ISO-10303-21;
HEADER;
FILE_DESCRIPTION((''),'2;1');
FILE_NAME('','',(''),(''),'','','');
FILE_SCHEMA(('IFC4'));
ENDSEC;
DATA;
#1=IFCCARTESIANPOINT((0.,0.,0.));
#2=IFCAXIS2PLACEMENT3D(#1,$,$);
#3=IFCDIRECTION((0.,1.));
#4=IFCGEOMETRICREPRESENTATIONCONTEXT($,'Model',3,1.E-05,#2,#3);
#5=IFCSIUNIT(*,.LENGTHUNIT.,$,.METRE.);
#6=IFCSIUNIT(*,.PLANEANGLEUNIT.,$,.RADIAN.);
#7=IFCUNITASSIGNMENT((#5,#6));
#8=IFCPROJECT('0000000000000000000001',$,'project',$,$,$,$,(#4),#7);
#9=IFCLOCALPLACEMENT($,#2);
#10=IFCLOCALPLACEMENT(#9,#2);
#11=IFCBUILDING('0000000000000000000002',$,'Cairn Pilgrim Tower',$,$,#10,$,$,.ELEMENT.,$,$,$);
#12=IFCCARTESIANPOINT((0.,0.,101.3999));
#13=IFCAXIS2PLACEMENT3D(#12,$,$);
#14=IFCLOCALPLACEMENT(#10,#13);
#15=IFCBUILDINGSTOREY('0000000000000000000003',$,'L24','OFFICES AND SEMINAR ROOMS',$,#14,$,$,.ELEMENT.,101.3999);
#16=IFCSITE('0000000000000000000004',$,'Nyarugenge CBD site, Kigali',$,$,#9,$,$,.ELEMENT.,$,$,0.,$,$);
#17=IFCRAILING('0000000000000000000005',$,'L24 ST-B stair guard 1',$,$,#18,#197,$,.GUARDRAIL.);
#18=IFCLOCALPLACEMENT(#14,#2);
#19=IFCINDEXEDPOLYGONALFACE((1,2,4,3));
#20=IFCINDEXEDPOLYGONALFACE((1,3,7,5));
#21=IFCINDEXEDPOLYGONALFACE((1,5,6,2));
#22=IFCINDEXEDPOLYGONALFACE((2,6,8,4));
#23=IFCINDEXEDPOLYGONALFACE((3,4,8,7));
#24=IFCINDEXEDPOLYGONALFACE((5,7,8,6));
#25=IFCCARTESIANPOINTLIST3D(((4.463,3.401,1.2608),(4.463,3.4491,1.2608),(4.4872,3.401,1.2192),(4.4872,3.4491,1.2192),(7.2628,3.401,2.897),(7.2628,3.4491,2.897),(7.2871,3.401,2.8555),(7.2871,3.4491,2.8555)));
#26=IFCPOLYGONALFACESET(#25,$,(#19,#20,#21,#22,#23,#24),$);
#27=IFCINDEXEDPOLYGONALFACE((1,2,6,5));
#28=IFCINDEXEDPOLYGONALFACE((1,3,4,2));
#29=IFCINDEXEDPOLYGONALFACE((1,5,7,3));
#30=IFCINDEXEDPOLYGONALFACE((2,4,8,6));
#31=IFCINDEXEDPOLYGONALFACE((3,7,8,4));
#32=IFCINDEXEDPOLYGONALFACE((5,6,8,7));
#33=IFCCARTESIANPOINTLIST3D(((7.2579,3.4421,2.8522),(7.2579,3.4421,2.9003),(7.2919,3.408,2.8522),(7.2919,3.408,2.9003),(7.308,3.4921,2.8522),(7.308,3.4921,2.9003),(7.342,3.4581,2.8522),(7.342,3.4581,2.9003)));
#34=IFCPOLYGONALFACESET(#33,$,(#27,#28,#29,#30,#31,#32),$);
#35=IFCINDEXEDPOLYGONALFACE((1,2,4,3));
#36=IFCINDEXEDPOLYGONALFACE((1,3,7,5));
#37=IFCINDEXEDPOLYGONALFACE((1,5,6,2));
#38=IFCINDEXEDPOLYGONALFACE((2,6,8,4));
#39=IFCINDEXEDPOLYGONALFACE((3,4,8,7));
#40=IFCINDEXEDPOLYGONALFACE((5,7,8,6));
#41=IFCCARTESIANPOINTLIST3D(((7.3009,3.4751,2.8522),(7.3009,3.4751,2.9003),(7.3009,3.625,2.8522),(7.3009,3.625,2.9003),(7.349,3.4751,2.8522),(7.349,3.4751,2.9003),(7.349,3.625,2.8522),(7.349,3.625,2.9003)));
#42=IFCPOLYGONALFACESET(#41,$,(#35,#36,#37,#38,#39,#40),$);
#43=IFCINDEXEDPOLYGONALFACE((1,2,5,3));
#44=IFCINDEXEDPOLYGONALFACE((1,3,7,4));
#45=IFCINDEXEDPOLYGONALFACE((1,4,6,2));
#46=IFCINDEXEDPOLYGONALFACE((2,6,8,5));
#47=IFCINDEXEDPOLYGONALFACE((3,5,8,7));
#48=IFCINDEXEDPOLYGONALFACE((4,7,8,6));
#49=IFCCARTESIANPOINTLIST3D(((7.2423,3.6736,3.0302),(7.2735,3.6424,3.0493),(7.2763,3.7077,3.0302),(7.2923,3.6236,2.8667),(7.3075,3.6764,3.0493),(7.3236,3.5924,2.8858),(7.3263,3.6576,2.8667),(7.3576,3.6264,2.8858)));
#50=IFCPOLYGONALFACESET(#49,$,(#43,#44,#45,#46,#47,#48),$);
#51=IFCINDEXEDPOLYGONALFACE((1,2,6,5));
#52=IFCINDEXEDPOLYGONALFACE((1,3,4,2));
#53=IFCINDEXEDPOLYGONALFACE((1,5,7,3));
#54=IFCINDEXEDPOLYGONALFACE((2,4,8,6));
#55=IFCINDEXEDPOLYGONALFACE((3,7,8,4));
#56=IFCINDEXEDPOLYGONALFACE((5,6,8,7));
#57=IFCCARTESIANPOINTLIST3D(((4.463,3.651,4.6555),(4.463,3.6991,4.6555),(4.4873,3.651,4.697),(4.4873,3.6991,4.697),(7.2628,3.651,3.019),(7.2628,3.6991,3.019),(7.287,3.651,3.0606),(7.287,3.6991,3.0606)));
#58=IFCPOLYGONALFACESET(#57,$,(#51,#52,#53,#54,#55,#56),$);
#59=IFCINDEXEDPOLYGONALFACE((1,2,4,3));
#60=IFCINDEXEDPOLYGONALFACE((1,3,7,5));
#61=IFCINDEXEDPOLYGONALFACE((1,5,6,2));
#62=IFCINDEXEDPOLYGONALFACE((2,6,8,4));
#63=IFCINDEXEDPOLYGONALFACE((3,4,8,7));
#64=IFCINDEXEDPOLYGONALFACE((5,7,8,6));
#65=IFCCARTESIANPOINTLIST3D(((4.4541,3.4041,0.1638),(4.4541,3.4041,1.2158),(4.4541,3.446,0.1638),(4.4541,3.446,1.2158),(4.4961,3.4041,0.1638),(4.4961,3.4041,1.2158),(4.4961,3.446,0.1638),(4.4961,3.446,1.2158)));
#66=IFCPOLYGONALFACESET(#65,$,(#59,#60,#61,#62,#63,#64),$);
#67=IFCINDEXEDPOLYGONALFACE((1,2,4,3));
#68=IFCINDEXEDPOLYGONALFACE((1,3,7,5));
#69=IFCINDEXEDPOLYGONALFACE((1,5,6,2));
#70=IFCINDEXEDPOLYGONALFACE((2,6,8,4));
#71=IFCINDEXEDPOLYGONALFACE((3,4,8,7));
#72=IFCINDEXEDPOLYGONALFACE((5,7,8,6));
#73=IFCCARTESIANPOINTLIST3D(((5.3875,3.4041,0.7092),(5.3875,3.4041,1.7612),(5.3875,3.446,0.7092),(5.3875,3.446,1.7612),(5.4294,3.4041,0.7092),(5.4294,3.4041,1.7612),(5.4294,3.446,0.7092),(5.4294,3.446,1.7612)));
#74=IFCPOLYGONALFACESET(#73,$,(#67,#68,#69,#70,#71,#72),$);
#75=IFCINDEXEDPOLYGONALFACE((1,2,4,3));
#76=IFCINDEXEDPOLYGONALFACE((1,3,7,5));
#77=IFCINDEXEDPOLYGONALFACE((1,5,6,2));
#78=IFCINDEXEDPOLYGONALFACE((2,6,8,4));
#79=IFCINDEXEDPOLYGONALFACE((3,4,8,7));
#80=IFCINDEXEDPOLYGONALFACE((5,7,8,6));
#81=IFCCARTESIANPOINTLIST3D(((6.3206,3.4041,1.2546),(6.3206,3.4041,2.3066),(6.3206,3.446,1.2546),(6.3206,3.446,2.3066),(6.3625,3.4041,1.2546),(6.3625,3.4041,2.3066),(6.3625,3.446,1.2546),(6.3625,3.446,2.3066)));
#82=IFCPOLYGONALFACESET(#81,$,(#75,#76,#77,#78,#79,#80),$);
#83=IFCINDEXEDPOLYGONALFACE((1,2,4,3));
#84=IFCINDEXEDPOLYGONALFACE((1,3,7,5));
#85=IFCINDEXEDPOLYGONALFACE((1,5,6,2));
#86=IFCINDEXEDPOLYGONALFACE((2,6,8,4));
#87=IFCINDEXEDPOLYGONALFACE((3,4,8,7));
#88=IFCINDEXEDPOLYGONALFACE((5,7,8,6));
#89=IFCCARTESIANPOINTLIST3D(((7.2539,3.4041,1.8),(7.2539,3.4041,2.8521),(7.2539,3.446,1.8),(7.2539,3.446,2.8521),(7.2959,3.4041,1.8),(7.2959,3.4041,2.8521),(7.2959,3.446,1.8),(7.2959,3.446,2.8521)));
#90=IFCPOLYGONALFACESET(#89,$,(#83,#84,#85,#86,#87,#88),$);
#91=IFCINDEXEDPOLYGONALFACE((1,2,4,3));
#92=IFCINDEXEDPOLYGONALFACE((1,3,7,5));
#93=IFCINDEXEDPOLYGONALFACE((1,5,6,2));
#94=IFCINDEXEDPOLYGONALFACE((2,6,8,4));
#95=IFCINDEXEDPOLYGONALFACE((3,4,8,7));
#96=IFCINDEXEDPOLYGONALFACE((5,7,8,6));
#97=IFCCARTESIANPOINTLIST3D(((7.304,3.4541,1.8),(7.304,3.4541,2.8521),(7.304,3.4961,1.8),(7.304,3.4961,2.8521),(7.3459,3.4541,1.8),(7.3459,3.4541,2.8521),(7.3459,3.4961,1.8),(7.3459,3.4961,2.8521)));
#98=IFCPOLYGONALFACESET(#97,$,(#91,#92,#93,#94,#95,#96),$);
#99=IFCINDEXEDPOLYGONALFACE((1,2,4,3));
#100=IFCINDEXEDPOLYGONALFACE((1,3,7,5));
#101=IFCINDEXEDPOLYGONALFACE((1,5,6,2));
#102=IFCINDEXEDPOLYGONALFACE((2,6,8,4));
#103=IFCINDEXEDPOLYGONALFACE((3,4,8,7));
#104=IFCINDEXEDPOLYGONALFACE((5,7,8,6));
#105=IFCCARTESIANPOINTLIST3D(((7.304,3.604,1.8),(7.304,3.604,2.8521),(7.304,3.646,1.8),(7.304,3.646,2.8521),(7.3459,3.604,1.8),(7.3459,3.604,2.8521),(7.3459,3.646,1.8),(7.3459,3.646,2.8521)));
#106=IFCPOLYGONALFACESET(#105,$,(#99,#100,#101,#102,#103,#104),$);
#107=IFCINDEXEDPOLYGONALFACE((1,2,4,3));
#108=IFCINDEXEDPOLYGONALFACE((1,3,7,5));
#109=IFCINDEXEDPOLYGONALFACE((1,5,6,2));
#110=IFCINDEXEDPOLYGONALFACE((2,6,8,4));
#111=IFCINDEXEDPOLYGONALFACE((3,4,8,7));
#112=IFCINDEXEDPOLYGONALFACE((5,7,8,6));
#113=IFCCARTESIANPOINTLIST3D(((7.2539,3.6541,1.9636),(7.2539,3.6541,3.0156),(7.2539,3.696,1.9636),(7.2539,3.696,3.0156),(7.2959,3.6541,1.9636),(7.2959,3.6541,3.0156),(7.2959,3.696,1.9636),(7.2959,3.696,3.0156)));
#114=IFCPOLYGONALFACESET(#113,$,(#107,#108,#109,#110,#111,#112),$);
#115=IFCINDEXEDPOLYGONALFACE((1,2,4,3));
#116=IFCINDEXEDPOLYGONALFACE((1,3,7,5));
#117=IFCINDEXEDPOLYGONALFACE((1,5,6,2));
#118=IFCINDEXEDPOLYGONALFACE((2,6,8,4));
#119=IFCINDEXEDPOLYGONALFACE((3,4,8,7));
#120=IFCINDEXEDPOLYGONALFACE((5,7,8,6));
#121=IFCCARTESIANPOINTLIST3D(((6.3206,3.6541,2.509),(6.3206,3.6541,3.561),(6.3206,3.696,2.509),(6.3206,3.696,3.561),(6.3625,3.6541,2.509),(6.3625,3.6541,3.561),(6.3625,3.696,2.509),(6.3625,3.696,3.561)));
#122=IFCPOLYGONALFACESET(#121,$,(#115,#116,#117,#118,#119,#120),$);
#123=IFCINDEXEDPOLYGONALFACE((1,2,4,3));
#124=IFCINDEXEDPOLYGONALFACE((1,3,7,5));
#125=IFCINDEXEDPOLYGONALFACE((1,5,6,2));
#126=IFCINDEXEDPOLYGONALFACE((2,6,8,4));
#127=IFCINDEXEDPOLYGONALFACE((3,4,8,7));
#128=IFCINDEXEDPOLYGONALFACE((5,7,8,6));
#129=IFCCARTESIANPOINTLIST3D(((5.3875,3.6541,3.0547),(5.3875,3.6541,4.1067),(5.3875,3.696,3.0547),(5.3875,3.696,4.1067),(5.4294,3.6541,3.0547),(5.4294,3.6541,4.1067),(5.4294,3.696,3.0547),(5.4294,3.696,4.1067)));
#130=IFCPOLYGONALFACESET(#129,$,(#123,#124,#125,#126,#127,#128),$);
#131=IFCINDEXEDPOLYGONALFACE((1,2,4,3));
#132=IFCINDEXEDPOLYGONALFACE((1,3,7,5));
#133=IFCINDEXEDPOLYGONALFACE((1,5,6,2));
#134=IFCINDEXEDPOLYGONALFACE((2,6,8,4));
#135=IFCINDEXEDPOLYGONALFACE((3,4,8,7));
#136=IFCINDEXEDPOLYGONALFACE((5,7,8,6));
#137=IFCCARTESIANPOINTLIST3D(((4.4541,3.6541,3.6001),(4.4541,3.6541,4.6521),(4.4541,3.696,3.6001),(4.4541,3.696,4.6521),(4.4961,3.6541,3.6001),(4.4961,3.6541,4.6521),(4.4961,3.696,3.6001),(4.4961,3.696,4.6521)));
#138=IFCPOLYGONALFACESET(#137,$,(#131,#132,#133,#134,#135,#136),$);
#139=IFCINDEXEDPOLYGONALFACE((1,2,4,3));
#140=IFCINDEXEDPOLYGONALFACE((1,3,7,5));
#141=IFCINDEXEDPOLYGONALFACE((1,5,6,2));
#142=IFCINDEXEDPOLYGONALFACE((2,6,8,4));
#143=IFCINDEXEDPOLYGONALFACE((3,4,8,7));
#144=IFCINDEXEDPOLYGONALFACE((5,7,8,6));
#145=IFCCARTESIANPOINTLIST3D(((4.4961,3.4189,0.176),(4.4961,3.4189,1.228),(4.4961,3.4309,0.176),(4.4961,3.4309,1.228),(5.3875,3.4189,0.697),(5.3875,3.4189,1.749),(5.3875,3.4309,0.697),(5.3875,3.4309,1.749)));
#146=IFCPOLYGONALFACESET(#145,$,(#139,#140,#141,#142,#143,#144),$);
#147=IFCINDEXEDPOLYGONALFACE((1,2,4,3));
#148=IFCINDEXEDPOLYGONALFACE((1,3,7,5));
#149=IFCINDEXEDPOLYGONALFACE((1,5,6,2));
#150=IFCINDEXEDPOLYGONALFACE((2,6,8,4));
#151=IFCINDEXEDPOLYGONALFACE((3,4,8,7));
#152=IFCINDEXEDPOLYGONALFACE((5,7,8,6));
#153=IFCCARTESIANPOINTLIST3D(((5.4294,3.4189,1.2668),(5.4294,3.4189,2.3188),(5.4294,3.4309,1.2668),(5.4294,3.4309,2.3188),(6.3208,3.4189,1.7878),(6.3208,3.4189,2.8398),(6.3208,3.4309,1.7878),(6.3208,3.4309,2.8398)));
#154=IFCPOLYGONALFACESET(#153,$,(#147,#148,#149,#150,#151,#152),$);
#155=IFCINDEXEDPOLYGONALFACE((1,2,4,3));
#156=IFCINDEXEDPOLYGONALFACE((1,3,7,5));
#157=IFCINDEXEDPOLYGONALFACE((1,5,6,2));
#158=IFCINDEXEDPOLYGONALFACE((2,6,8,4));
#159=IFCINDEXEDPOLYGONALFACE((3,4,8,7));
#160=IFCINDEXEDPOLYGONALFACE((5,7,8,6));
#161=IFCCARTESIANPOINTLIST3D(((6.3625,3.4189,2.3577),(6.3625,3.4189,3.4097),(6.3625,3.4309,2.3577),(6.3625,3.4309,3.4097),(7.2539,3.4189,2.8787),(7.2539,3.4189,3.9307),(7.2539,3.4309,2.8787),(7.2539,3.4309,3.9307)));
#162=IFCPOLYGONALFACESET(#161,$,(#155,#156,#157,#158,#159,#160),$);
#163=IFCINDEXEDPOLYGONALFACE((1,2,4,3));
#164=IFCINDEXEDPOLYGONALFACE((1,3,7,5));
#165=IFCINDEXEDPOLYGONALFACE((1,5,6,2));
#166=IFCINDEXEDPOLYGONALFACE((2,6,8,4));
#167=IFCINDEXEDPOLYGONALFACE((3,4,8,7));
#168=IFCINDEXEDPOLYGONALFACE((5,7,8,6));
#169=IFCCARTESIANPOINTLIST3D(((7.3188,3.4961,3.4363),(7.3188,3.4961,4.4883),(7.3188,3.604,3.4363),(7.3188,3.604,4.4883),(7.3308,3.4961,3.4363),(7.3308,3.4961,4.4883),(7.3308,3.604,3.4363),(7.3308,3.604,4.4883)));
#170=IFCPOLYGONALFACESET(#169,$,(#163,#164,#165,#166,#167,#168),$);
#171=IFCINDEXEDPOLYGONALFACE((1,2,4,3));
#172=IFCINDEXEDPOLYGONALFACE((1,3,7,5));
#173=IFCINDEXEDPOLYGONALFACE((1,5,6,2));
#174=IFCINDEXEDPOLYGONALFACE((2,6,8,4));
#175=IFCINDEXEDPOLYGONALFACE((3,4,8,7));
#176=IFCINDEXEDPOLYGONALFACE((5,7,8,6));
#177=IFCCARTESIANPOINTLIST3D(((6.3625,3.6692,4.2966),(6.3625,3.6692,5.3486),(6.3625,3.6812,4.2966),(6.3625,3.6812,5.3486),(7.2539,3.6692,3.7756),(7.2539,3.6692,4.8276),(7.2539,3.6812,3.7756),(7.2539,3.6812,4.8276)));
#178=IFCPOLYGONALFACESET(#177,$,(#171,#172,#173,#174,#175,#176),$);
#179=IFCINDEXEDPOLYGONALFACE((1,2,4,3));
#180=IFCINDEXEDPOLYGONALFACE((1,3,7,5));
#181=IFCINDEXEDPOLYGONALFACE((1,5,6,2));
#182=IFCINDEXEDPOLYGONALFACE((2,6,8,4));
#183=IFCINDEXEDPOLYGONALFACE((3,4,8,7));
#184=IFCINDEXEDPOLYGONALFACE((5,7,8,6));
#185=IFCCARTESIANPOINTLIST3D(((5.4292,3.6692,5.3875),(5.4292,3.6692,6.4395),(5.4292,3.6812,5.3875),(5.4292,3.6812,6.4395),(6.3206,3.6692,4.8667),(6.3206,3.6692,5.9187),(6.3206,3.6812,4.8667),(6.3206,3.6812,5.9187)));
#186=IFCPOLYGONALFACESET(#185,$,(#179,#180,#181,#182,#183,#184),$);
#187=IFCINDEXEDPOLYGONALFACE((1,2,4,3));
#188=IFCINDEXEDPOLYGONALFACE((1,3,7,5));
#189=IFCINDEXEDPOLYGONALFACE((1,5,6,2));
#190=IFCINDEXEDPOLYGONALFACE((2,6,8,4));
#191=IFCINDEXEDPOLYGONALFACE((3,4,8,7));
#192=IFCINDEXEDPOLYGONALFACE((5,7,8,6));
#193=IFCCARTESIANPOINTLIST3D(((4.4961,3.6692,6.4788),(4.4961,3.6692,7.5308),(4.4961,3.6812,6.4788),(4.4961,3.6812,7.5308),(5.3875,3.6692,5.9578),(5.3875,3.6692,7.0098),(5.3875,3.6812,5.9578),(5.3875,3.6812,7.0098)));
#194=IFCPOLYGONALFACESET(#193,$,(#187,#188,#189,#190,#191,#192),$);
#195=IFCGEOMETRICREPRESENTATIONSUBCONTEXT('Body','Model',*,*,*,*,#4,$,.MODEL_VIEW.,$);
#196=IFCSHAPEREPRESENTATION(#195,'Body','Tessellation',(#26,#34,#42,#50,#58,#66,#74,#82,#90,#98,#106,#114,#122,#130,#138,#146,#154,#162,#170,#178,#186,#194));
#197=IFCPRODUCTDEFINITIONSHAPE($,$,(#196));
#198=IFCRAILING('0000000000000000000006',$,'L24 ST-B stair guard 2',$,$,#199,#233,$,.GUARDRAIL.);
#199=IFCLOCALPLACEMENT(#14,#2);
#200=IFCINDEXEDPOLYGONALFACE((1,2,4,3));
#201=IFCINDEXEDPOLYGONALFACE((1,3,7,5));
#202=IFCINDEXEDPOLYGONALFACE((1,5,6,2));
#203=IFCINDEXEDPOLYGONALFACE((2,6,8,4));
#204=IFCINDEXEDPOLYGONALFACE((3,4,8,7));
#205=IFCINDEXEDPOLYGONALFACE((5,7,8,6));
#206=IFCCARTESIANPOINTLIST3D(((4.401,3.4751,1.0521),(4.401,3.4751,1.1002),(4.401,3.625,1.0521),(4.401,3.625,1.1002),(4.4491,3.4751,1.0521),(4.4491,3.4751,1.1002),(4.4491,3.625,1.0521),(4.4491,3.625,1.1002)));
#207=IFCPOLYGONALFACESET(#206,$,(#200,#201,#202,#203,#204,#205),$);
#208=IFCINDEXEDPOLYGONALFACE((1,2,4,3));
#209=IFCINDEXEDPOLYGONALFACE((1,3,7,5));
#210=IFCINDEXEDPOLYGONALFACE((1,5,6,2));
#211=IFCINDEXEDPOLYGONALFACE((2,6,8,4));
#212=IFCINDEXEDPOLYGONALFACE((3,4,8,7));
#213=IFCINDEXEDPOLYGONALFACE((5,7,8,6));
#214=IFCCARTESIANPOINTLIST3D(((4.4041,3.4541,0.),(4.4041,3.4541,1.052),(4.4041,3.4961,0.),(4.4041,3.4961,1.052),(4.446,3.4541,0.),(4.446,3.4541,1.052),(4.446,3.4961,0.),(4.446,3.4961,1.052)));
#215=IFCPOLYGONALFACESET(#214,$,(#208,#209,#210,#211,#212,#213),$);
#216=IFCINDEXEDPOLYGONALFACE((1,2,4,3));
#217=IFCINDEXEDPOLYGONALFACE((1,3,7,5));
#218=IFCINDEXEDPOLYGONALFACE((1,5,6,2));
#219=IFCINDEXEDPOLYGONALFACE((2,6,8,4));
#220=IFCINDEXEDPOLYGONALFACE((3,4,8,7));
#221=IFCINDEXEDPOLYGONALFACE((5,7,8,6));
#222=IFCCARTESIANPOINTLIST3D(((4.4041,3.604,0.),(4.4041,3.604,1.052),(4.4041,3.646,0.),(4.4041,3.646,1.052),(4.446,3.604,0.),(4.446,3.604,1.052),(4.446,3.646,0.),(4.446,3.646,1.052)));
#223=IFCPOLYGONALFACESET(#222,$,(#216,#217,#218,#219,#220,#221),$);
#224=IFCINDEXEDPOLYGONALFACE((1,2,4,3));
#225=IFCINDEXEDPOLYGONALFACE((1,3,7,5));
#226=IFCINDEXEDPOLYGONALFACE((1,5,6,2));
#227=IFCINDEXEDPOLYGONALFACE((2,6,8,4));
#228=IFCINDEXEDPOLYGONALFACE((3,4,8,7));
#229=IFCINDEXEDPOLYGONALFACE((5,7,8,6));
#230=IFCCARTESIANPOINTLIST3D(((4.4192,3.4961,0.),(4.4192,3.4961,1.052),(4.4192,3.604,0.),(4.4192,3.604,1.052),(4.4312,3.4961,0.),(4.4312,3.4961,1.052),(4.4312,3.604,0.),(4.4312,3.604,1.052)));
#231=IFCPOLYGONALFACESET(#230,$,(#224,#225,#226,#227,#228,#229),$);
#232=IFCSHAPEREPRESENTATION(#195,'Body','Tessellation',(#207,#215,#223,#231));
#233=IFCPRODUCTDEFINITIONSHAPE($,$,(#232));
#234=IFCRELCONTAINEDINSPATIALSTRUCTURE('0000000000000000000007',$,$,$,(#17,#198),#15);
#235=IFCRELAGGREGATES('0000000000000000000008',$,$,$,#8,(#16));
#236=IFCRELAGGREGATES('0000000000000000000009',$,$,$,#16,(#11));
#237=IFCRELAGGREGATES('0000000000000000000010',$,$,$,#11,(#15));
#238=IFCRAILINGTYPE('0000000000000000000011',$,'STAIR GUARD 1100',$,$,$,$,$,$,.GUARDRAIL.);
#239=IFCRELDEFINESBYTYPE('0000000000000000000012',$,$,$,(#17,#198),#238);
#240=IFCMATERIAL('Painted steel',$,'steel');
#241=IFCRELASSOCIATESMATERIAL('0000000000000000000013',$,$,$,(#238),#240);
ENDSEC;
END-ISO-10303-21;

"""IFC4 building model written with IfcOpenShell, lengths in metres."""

from ifc_helpers import new_model, si_unit, direction, frame, origin, origin_2d, place, context, subcontext, project, spatial, polyline, rectangle, outline, extrude, material, type_object, element, save


model = new_model("IFC4")

# Units and contexts
model_context = context("Model", 3, precision=1e-05, world=origin(), true_north=direction((0.0, 1.0)))
body_context = subcontext(model_context, "Body", "Model", "MODEL_VIEW")
ifc_project = project(units=[si_unit("LENGTHUNIT", "METRE"), si_unit("PLANEANGLEUNIT", "RADIAN")], contexts=[model_context])

# Site, building, storey
site_placement = place(None, origin())
site = spatial("IfcSite", under=ifc_project, at=site_placement, Name="Nyarugenge CBD site, Kigali", CompositionType="ELEMENT", RefElevation=0.0)
building_placement = place(site_placement, origin())
building = spatial("IfcBuilding", under=site, at=building_placement, Name="Cairn Pilgrim Tower", CompositionType="ELEMENT")
storey_placement = place(building_placement, frame((0.0, 0.0, 101.3999)))
storey = spatial("IfcBuildingStorey", under=building, at=storey_placement, Name="L24", Description="OFFICES AND SEMINAR ROOMS", CompositionType="ELEMENT", Elevation=101.3999)

# Shared definitions
ifc_material_1 = material(Name="Painted steel", Category="steel")

# Railings
railing_type_1 = type_object("IfcRailingType", Name="STAIR GUARD 1100", PredefinedType="GUARDRAIL", material=ifc_material_1)
railing_1_placement = place(storey_placement, frame((4.4751, 3.425, 0.1638)))
element("IfcRailing", 1, at=railing_1_placement, inside=storey, type_object=railing_type_1, Name="L24 ST-B stair guard 1", PredefinedType="GUARDRAIL", context=body_context, shape_type="SweptSolid", body=[
    extrude(rectangle(XDim=0.0481, YDim=0.0481, at=origin_2d()), frame((0.0, 0.0, 1.0762), z_axis=(0.863374, 0.0, 0.504564), x_axis=(0.0, 1.0, 0.0)), (0.0, 0.0, 1.0), 3.2429),
    extrude(rectangle(XDim=0.0481, YDim=0.0481, at=origin_2d()), frame((2.7998, 0.0, 2.7124), z_axis=(0.707107, 0.707107, 0.0), x_axis=(-0.707107, 0.707107, 0.0)), (0.0, 0.0, 1.0), 0.0708),
    extrude(rectangle(XDim=0.0481, YDim=0.0481, at=origin_2d()), frame((2.8499, 0.05, 2.7124), z_axis=(0.0, 1.0, 0.0), x_axis=(-1.0, 0.0, 0.0)), (0.0, 0.0, 1.0), 0.1499),
    extrude(rectangle(XDim=0.0481, YDim=0.0481, at=origin_2d()), frame((2.8499, 0.2, 2.7124), z_axis=(-0.280809, 0.280809, 0.917765), x_axis=(-0.707107, -0.707107, 0.0)), (0.0, 0.0, 1.0), 0.1782),
    extrude(rectangle(XDim=0.0481, YDim=0.0481, at=origin_2d()), frame((2.7998, 0.25, 2.876), z_axis=(-0.863342, 0.0, 0.50462), x_axis=(0.0, -1.0, 0.0)), (0.0, 0.0, 1.0), 3.2429),
    extrude(rectangle(XDim=0.042, YDim=0.042, at=origin_2d()), origin(), (0.0, 0.0, 1.0), 1.052),
    extrude(rectangle(XDim=0.042, YDim=0.042, at=origin_2d()), frame((0.9333, 0.0, 0.5454)), (0.0, 0.0, 1.0), 1.052),
    extrude(rectangle(XDim=0.042, YDim=0.042, at=origin_2d()), frame((1.8665, 0.0, 1.0908)), (0.0, 0.0, 1.0), 1.052),
    extrude(rectangle(XDim=0.042, YDim=0.042, at=origin_2d()), frame((2.7998, 0.0, 1.6362)), (0.0, 0.0, 1.0), 1.052),
    extrude(rectangle(XDim=0.042, YDim=0.042, at=origin_2d()), frame((2.8499, 0.05, 1.6362)), (0.0, 0.0, 1.0), 1.052),
    extrude(rectangle(XDim=0.042, YDim=0.042, at=origin_2d()), frame((2.8499, 0.2, 1.6362)), (0.0, 0.0, 1.0), 1.052),
    extrude(rectangle(XDim=0.042, YDim=0.042, at=origin_2d()), frame((2.7998, 0.25, 1.7998)), (0.0, 0.0, 1.0), 1.052),
    extrude(rectangle(XDim=0.042, YDim=0.042, at=origin_2d()), frame((1.8665, 0.25, 2.3452)), (0.0, 0.0, 1.0), 1.052),
    extrude(rectangle(XDim=0.042, YDim=0.042, at=origin_2d()), frame((0.9333, 0.25, 2.8909)), (0.0, 0.0, 1.0), 1.052),
    extrude(rectangle(XDim=0.042, YDim=0.042, at=origin_2d()), frame((0.0, 0.25, 3.4363)), (0.0, 0.0, 1.0), 1.052),
    extrude(outline(polyline([(0.021, 0.0122), (0.9124, 0.5332), (0.9124, 1.5852), (0.021, 1.0642), (0.021, 0.0122)])), frame((0.0, 0.0059, 0.0), z_axis=(0.0, -1.0, 0.0), x_axis=(1.0, 0.0, 0.0)), (0.0, 0.0, 1.0), 0.012),
    extrude(outline(polyline([(0.021, 0.5576), (0.9124, 1.0786), (0.9124, 2.1306), (0.021, 1.6096), (0.021, 0.5576)])), frame((0.9333, 0.0059, 0.5454), z_axis=(0.0, -1.0, 0.0), x_axis=(1.0, 0.0, 0.0)), (0.0, 0.0, 1.0), 0.012),
    extrude(outline(polyline([(0.021, 1.103), (0.9124, 1.624), (0.9124, 2.676), (0.021, 2.155), (0.021, 1.103)])), frame((1.8665, 0.0059, 1.0908), z_axis=(0.0, -1.0, 0.0), x_axis=(1.0, 0.0, 0.0)), (0.0, 0.0, 1.0), 0.012),
    extrude(outline(polyline([(0.021, 1.6362), (0.1289, 1.6362), (0.1289, 2.6882), (0.021, 2.6882), (0.021, 1.6362)])), frame((2.8438, 0.05, 1.6362), z_axis=(1.0, 0.0, 0.0), x_axis=(0.0, 1.0, 0.0)), (0.0, 0.0, 1.0), 0.012),
    extrude(outline(polyline([(0.021, 1.812), (0.9124, 2.333), (0.9124, 3.385), (0.021, 2.864), (0.021, 1.812)])), frame((2.7998, 0.2441, 1.7998), z_axis=(0.0, 1.0, 0.0), x_axis=(-1.0, 0.0, 0.0)), (0.0, 0.0, 1.0), 0.012),
    extrude(outline(polyline([(0.021, 2.3577), (0.9124, 2.8784), (0.9124, 3.9304), (0.021, 3.4097), (0.021, 2.3577)])), frame((1.8665, 0.2441, 2.3452), z_axis=(0.0, 1.0, 0.0), x_axis=(-1.0, 0.0, 0.0)), (0.0, 0.0, 1.0), 0.012),
    extrude(outline(polyline([(0.021, 2.9031), (0.9124, 3.4241), (0.9124, 4.4761), (0.021, 3.9551), (0.021, 2.9031)])), frame((0.9333, 0.2441, 2.8909), z_axis=(0.0, 1.0, 0.0), x_axis=(-1.0, 0.0, 0.0)), (0.0, 0.0, 1.0), 0.012),
])
railing_2_placement = place(storey_placement, frame((4.425, 3.4751, 0.0)))
element("IfcRailing", 2, at=railing_2_placement, inside=storey, type_object=railing_type_1, Name="L24 ST-B stair guard 2", PredefinedType="GUARDRAIL", context=body_context, shape_type="SweptSolid", body=[
    extrude(rectangle(XDim=0.0481, YDim=0.0481, at=origin_2d()), frame((0.0, 0.0, 1.0762), z_axis=(0.0, 1.0, 0.0), x_axis=(-1.0, 0.0, 0.0)), (0.0, 0.0, 1.0), 0.1499),
    extrude(rectangle(XDim=0.042, YDim=0.042, at=origin_2d()), origin(), (0.0, 0.0, 1.0), 1.052),
    extrude(rectangle(XDim=0.042, YDim=0.042, at=origin_2d()), frame((0.0, 0.1499, 0.0)), (0.0, 0.0, 1.0), 1.052),
    extrude(outline(polyline([(0.021, 0.0), (0.1289, 0.0), (0.1289, 1.052), (0.021, 1.052), (0.021, 0.0)])), frame((-0.0059, 0.0, 0.0), z_axis=(1.0, 0.0, 0.0), x_axis=(0.0, 1.0, 0.0)), (0.0, 0.0, 1.0), 0.012),
])

save(model, "model.ifc")
